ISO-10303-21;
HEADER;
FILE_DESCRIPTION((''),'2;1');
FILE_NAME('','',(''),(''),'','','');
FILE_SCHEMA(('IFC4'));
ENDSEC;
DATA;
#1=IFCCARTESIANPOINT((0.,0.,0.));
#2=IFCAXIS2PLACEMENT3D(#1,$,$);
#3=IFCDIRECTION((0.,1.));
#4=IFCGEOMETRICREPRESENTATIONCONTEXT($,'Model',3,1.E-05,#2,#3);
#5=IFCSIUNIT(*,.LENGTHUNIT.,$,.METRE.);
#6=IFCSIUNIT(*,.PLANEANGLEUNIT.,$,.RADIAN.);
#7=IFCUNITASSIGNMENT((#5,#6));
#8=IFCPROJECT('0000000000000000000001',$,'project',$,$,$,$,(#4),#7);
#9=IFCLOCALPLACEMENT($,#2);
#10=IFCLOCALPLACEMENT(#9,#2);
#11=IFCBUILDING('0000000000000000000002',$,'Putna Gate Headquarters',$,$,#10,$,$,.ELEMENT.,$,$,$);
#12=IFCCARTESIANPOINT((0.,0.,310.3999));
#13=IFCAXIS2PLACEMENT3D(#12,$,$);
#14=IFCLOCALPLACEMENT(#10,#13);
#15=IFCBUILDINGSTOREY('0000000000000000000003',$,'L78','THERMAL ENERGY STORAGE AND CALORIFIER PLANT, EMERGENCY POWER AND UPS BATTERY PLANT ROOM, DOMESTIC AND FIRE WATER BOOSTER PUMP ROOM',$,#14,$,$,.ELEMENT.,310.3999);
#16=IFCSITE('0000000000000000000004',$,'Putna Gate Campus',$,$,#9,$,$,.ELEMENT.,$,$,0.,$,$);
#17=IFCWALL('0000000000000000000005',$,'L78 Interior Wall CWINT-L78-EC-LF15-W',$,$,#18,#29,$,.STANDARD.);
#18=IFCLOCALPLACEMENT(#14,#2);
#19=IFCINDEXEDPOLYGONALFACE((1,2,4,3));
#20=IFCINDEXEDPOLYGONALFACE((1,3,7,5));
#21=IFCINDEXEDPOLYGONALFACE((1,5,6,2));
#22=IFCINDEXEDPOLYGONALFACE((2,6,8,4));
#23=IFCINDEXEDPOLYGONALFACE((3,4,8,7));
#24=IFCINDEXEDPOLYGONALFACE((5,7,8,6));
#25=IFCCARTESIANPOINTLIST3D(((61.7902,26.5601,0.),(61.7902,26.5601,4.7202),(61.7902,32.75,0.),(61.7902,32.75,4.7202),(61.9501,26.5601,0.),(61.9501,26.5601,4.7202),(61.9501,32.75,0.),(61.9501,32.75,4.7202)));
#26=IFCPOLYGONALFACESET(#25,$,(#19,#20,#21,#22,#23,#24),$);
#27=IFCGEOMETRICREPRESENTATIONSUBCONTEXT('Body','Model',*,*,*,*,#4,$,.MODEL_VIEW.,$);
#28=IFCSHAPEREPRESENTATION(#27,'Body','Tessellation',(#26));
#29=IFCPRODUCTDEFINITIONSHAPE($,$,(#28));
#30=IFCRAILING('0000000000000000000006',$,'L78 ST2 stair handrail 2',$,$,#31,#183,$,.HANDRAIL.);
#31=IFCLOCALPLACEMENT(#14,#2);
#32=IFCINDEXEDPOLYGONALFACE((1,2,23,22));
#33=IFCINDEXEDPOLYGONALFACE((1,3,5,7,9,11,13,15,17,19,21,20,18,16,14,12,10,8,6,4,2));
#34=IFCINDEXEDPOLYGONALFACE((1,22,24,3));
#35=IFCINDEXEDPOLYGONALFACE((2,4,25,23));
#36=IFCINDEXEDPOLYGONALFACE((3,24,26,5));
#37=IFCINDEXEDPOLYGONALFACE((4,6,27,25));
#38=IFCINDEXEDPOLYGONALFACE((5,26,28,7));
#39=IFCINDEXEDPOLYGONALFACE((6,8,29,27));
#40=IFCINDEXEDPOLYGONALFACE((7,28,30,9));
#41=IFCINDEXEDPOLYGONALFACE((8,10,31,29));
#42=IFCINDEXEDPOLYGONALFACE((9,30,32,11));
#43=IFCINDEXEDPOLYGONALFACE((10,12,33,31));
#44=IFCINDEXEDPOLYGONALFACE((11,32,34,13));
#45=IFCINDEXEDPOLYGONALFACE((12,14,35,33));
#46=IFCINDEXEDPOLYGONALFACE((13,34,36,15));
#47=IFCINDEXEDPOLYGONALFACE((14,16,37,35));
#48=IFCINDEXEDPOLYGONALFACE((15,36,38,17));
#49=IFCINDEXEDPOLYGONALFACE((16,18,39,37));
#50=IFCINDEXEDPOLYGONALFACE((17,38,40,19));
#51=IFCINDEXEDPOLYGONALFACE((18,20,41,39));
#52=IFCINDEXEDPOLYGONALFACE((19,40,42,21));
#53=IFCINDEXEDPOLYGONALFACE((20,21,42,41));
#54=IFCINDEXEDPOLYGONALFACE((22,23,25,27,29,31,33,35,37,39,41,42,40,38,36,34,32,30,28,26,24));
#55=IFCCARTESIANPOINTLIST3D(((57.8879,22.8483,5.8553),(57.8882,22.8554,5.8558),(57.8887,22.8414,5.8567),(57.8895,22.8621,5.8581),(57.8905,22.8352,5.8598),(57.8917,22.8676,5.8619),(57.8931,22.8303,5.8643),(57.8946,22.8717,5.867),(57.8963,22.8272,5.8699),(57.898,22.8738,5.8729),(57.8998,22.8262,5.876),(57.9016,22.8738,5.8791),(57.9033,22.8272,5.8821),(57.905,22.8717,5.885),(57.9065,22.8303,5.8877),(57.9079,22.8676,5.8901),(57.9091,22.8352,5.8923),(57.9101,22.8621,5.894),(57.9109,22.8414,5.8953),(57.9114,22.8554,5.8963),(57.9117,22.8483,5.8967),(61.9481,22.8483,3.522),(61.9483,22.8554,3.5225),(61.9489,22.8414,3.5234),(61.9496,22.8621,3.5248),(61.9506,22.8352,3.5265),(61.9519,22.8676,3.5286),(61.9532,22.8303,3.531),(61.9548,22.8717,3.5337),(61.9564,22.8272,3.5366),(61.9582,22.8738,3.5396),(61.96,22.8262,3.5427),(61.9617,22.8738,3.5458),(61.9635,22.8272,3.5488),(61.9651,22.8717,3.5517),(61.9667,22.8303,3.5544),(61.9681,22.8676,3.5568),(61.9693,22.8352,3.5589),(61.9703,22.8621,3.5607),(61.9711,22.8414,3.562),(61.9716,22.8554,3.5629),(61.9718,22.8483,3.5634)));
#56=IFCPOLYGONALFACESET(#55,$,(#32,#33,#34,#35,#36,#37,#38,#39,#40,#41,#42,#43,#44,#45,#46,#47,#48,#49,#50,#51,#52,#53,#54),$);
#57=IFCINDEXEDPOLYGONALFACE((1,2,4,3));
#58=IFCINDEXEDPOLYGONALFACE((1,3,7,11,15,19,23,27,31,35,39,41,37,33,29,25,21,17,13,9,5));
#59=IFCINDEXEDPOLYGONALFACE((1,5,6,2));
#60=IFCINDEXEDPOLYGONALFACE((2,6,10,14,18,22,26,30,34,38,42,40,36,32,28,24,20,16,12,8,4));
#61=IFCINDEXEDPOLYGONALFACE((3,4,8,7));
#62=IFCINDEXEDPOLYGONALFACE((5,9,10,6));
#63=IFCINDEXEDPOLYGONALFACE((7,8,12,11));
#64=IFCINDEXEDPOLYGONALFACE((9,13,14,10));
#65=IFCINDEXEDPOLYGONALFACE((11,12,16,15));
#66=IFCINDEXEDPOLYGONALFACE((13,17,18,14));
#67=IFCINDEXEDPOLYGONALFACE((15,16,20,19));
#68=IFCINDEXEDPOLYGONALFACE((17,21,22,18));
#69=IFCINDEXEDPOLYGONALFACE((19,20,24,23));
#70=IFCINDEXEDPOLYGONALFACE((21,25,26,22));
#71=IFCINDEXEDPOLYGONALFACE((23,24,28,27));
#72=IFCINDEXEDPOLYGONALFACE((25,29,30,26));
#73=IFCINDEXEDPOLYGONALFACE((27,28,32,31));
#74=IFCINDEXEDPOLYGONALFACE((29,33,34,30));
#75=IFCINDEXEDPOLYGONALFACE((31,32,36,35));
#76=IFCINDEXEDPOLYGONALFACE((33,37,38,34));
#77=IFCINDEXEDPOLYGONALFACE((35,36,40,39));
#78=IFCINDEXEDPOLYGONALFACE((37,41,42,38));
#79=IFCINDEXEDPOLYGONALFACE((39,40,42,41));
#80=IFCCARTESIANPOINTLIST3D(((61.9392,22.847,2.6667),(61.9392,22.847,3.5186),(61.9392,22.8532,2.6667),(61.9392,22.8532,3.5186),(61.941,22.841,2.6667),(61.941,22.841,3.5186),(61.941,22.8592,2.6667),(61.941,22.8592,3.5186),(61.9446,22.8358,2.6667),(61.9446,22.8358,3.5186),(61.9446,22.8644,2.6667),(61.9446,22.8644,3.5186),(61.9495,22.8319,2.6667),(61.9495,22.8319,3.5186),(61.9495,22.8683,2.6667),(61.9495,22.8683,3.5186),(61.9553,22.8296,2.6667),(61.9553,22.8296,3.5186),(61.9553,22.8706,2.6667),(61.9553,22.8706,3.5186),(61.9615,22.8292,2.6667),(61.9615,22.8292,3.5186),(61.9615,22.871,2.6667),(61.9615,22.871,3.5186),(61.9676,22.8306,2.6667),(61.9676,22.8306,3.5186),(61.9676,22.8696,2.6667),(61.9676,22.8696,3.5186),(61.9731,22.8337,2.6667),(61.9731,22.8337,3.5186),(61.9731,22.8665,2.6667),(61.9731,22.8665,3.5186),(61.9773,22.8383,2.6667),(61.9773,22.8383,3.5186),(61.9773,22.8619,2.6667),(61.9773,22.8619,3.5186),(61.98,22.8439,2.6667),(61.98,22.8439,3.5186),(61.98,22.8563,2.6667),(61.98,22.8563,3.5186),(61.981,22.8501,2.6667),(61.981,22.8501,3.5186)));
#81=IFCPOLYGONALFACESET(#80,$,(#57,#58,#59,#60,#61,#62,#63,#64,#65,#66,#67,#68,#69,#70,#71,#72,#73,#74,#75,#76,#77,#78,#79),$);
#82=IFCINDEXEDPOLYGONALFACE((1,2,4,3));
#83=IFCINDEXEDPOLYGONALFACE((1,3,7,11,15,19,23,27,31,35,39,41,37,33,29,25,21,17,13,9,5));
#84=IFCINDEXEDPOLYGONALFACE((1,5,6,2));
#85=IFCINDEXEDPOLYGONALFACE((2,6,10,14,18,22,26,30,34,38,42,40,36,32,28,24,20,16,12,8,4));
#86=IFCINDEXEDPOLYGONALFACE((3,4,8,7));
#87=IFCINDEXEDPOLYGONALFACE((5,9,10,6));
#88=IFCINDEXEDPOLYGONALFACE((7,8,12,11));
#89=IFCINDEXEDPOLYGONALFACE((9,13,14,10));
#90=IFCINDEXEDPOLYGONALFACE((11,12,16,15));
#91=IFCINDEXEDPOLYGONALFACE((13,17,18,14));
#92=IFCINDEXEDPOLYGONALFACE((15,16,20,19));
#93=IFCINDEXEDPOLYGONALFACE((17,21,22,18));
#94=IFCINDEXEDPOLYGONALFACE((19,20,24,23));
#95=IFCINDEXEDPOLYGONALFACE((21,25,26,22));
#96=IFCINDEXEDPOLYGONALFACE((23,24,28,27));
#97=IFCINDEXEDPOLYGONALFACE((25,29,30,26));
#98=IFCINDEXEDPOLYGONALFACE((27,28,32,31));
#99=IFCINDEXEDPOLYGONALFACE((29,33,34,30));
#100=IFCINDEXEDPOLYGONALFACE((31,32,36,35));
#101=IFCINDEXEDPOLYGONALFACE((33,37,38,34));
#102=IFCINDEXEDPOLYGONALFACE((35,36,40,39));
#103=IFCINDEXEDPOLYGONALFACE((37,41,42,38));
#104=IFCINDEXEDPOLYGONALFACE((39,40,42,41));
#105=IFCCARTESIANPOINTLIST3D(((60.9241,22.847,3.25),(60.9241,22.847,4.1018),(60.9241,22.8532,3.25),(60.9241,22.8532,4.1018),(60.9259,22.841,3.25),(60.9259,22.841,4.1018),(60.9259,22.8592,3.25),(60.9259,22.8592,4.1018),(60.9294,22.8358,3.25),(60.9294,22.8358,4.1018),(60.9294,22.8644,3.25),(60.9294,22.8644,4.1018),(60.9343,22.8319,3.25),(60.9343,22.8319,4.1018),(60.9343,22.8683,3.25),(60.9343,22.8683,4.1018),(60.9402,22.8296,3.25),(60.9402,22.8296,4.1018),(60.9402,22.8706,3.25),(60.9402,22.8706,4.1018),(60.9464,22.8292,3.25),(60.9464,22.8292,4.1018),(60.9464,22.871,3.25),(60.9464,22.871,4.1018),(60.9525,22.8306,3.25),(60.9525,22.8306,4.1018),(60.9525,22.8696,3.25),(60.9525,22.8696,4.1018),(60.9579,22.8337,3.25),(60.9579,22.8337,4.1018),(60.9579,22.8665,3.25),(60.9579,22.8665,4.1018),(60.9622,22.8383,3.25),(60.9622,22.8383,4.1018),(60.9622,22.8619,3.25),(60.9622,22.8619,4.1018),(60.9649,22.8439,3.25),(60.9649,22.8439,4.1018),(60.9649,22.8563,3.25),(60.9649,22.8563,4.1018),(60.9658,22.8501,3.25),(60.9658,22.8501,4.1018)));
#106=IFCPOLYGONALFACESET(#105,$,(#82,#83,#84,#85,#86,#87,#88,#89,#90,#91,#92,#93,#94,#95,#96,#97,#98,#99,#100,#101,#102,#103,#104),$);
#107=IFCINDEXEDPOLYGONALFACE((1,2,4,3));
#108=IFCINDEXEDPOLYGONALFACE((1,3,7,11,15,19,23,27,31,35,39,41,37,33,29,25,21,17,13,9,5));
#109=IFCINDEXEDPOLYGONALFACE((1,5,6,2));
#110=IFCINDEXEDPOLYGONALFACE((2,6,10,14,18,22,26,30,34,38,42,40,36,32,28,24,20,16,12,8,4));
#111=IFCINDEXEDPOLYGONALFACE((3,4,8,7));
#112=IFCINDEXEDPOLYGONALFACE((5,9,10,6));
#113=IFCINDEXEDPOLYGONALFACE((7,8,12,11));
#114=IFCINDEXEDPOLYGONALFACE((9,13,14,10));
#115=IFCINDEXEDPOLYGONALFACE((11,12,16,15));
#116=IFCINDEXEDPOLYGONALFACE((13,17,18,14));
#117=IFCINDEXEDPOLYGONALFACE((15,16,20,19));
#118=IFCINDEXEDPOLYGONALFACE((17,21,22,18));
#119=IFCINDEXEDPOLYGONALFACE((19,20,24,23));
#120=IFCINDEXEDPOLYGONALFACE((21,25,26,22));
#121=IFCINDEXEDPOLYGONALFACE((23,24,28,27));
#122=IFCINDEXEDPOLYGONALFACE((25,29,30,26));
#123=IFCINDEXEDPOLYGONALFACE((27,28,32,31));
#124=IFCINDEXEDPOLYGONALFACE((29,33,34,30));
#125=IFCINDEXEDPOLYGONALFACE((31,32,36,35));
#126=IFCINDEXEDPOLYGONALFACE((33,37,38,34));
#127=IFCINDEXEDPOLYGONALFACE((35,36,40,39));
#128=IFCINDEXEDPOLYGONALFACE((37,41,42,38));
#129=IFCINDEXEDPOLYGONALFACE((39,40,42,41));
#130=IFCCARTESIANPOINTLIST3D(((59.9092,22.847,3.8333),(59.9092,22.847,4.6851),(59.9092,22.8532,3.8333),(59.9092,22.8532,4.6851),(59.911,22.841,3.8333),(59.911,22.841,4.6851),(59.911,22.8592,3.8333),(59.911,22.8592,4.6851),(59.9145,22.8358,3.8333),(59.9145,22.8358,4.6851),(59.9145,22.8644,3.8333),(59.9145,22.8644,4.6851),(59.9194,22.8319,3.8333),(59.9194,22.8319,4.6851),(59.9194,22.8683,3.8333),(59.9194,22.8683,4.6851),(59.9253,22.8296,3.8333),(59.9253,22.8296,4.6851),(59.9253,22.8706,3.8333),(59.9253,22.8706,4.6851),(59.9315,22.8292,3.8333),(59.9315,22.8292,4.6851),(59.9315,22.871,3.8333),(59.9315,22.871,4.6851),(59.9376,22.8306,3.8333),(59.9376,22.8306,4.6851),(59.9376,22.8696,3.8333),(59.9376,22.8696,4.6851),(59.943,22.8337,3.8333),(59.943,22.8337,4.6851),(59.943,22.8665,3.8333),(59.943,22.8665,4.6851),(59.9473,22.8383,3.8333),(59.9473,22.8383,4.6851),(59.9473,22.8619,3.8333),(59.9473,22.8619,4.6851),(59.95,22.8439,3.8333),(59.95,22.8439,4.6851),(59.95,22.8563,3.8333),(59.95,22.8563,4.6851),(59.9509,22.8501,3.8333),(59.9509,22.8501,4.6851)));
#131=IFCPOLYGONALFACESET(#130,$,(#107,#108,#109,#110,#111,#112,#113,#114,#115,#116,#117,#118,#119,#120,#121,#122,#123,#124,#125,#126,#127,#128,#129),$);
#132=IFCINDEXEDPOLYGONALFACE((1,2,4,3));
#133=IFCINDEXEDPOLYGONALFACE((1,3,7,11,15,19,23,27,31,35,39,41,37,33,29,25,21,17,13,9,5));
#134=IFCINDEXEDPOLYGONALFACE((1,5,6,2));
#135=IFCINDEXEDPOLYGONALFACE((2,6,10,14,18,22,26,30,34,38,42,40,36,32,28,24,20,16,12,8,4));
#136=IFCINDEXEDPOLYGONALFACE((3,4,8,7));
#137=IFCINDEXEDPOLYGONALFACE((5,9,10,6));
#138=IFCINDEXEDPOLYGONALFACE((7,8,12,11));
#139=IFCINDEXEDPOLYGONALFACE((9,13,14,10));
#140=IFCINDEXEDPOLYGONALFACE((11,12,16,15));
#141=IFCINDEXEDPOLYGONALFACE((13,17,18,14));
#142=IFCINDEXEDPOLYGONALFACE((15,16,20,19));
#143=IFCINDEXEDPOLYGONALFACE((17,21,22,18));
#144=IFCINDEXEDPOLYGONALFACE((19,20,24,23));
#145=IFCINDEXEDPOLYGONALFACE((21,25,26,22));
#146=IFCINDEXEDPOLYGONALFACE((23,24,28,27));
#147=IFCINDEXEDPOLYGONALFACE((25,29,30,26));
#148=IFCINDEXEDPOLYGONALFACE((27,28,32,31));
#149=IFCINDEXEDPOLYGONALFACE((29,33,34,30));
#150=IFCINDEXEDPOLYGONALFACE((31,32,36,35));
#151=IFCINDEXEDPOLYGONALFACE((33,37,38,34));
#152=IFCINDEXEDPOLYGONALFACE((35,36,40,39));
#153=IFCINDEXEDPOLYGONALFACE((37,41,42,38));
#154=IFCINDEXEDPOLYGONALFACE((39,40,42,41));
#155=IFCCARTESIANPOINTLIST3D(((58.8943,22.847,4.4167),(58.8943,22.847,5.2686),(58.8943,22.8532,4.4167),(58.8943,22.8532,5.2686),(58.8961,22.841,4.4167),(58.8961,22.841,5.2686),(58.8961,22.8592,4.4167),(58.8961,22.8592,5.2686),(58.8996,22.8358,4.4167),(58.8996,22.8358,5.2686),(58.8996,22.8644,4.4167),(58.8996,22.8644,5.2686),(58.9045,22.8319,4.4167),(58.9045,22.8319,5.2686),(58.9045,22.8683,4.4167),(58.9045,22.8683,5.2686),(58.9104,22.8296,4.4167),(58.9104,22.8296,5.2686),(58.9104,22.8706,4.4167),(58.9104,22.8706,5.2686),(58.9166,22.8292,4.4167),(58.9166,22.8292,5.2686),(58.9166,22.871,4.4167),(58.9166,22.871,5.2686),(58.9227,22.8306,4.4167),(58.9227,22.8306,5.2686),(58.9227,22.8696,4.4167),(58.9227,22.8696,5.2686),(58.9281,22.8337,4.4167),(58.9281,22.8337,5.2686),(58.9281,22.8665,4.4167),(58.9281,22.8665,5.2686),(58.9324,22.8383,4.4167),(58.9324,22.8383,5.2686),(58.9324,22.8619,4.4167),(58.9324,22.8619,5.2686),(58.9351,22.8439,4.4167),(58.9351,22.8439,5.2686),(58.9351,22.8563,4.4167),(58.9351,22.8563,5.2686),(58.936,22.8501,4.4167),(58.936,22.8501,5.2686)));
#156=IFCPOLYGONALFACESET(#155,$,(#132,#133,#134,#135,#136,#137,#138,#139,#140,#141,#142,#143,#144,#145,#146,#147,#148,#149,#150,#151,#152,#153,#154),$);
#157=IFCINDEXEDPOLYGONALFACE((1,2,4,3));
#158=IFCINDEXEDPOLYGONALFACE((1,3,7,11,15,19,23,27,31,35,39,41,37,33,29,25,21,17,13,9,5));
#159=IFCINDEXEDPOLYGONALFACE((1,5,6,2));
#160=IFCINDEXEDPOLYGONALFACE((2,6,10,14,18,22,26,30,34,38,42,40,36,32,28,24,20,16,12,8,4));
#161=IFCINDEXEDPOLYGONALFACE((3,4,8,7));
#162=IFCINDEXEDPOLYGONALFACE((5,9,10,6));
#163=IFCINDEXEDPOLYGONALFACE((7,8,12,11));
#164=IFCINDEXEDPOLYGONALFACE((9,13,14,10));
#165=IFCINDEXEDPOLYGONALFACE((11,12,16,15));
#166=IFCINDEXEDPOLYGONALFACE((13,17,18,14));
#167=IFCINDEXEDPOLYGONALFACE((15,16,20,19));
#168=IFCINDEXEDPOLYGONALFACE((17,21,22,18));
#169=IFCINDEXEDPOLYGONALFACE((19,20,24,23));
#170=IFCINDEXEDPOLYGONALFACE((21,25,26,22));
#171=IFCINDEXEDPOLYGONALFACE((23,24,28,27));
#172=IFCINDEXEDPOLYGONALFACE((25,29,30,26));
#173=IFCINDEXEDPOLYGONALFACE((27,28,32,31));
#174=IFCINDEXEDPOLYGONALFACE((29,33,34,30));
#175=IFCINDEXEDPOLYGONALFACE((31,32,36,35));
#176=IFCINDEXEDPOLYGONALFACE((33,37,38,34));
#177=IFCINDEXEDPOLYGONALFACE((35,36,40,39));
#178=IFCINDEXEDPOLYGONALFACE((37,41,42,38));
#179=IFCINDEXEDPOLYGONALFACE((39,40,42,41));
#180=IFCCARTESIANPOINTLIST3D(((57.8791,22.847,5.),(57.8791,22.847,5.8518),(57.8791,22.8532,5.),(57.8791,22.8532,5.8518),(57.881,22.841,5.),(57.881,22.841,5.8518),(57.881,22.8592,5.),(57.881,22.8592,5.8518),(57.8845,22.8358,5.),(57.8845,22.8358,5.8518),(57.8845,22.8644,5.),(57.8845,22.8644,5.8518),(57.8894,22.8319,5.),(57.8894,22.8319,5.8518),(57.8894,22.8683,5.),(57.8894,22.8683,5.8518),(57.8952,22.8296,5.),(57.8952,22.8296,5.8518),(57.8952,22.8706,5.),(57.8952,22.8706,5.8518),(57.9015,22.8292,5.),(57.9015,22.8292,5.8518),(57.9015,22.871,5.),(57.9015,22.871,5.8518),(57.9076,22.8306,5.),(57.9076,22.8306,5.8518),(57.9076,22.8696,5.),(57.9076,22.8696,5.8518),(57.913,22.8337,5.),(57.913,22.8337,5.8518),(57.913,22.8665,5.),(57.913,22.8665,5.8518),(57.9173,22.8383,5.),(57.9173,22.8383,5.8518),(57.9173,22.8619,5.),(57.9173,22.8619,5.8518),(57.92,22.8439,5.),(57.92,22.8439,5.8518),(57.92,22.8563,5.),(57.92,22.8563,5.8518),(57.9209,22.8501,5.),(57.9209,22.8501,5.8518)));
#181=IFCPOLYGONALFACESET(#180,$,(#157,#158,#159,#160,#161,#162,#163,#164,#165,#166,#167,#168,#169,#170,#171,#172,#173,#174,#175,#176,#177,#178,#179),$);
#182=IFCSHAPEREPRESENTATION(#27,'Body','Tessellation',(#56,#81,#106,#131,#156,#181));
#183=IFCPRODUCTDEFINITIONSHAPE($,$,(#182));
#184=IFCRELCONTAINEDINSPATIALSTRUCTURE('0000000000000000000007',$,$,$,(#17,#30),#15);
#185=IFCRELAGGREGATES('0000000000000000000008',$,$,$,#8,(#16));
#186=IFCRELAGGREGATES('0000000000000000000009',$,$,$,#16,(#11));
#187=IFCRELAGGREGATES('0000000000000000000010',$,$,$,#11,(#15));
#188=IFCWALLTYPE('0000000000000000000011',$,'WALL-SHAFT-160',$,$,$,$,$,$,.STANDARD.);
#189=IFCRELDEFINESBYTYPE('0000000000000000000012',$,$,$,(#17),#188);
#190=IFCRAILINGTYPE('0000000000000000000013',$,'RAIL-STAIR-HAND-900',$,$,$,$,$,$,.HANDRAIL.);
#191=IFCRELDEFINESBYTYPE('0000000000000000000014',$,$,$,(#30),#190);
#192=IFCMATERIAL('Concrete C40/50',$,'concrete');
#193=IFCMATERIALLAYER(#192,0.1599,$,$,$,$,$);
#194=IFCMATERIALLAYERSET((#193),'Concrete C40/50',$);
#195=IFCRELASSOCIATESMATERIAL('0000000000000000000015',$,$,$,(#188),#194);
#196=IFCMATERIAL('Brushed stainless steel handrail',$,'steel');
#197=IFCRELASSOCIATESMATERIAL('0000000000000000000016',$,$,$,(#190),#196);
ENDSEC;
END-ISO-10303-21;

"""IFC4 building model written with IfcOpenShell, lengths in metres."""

from ifc_helpers import new_model, si_unit, direction, frame, frame_2d, origin, origin_2d, place, context, subcontext, project, spatial, rectangle, circle, extrude, material, layer, layer_set, type_object, element, save


model = new_model("IFC4")

# Units and contexts
model_context = context("Model", 3, precision=1e-05, world=origin(), true_north=direction((0.0, 1.0)))
body_context = subcontext(model_context, "Body", "Model", "MODEL_VIEW")
ifc_project = project(units=[si_unit("LENGTHUNIT", "METRE"), si_unit("PLANEANGLEUNIT", "RADIAN")], contexts=[model_context])

# Site, building, storey
site_placement = place(None, origin())
site = spatial("IfcSite", under=ifc_project, at=site_placement, Name="Putna Gate Campus", CompositionType="ELEMENT", RefElevation=0.0)
building_placement = place(site_placement, origin())
building = spatial("IfcBuilding", under=site, at=building_placement, Name="Putna Gate Headquarters", CompositionType="ELEMENT")
storey_placement = place(building_placement, frame((0.0, 0.0, 310.3999)))
storey = spatial("IfcBuildingStorey", under=building, at=storey_placement, Name="L78", Description="THERMAL ENERGY STORAGE AND CALORIFIER PLANT, EMERGENCY POWER AND UPS BATTERY PLANT ROOM, DOMESTIC AND FIRE WATER BOOSTER PUMP ROOM", CompositionType="ELEMENT", Elevation=310.3999)

# Shared definitions
ifc_material_1 = material(Name="Concrete C40/50", Category="concrete")
ifc_layer_1 = layer(ifc_material_1, 0.1599)
ifc_layer_set_1 = layer_set([ifc_layer_1], Name="Concrete C40/50")
wall_type_1 = type_object("IfcWallType", Name="WALL-SHAFT-160", PredefinedType="STANDARD", material=ifc_layer_set_1)

# Wall
wall_1_placement = place(storey_placement, frame((61.8701, 26.5601, 0.0), z_axis=(0.0, 0.0, 1.0), x_axis=(0.0, 1.0, 0.0)))
element("IfcWall", 1, at=wall_1_placement, inside=storey, type_object=wall_type_1, Name="L78 Interior Wall CWINT-L78-EC-LF15-W", PredefinedType="STANDARD", context=body_context, shape_type="SweptSolid", body=[
    extrude(rectangle(XDim=6.1899, YDim=0.1599, at=frame_2d((3.095, 0.0))), origin(), (0.0, 0.0, 1.0), 4.7202),
])

# Railing
ifc_material_2 = material(Name="Brushed stainless steel handrail", Category="steel")
railing_type = type_object("IfcRailingType", Name="RAIL-STAIR-HAND-900", PredefinedType="HANDRAIL", material=ifc_material_2)
railing_placement = place(storey_placement, frame((61.96, 22.8501, 2.6667)))
element("IfcRailing", 2, at=railing_placement, inside=storey, type_object=railing_type, Name="L78 ST2 stair handrail 2", PredefinedType="HANDRAIL", context=body_context, shape_type="SweptSolid", body=[
    extrude(circle(Radius=0.0239, at=origin_2d()), frame((0.0, 0.0, 0.876), z_axis=(-0.867025, 0.0, 0.498265), x_axis=(0.0, -1.0, 0.0)), (0.0, 0.0, 1.0), 4.6829),
    extrude(circle(Radius=0.021, at=origin_2d()), origin(), (0.0, 0.0, 1.0), 0.8518),
    extrude(circle(Radius=0.021, at=origin_2d()), frame((-1.0151, 0.0, 0.5833)), (0.0, 0.0, 1.0), 0.8518),
    extrude(circle(Radius=0.021, at=origin_2d()), frame((-2.03, 0.0, 1.1665)), (0.0, 0.0, 1.0), 0.8518),
    extrude(circle(Radius=0.021, at=origin_2d()), frame((-3.0449, 0.0, 1.75)), (0.0, 0.0, 1.0), 0.8518),
    extrude(circle(Radius=0.021, at=origin_2d()), frame((-4.0601, 0.0, 2.3333)), (0.0, 0.0, 1.0), 0.8518),
])

save(model, "model.ifc")
